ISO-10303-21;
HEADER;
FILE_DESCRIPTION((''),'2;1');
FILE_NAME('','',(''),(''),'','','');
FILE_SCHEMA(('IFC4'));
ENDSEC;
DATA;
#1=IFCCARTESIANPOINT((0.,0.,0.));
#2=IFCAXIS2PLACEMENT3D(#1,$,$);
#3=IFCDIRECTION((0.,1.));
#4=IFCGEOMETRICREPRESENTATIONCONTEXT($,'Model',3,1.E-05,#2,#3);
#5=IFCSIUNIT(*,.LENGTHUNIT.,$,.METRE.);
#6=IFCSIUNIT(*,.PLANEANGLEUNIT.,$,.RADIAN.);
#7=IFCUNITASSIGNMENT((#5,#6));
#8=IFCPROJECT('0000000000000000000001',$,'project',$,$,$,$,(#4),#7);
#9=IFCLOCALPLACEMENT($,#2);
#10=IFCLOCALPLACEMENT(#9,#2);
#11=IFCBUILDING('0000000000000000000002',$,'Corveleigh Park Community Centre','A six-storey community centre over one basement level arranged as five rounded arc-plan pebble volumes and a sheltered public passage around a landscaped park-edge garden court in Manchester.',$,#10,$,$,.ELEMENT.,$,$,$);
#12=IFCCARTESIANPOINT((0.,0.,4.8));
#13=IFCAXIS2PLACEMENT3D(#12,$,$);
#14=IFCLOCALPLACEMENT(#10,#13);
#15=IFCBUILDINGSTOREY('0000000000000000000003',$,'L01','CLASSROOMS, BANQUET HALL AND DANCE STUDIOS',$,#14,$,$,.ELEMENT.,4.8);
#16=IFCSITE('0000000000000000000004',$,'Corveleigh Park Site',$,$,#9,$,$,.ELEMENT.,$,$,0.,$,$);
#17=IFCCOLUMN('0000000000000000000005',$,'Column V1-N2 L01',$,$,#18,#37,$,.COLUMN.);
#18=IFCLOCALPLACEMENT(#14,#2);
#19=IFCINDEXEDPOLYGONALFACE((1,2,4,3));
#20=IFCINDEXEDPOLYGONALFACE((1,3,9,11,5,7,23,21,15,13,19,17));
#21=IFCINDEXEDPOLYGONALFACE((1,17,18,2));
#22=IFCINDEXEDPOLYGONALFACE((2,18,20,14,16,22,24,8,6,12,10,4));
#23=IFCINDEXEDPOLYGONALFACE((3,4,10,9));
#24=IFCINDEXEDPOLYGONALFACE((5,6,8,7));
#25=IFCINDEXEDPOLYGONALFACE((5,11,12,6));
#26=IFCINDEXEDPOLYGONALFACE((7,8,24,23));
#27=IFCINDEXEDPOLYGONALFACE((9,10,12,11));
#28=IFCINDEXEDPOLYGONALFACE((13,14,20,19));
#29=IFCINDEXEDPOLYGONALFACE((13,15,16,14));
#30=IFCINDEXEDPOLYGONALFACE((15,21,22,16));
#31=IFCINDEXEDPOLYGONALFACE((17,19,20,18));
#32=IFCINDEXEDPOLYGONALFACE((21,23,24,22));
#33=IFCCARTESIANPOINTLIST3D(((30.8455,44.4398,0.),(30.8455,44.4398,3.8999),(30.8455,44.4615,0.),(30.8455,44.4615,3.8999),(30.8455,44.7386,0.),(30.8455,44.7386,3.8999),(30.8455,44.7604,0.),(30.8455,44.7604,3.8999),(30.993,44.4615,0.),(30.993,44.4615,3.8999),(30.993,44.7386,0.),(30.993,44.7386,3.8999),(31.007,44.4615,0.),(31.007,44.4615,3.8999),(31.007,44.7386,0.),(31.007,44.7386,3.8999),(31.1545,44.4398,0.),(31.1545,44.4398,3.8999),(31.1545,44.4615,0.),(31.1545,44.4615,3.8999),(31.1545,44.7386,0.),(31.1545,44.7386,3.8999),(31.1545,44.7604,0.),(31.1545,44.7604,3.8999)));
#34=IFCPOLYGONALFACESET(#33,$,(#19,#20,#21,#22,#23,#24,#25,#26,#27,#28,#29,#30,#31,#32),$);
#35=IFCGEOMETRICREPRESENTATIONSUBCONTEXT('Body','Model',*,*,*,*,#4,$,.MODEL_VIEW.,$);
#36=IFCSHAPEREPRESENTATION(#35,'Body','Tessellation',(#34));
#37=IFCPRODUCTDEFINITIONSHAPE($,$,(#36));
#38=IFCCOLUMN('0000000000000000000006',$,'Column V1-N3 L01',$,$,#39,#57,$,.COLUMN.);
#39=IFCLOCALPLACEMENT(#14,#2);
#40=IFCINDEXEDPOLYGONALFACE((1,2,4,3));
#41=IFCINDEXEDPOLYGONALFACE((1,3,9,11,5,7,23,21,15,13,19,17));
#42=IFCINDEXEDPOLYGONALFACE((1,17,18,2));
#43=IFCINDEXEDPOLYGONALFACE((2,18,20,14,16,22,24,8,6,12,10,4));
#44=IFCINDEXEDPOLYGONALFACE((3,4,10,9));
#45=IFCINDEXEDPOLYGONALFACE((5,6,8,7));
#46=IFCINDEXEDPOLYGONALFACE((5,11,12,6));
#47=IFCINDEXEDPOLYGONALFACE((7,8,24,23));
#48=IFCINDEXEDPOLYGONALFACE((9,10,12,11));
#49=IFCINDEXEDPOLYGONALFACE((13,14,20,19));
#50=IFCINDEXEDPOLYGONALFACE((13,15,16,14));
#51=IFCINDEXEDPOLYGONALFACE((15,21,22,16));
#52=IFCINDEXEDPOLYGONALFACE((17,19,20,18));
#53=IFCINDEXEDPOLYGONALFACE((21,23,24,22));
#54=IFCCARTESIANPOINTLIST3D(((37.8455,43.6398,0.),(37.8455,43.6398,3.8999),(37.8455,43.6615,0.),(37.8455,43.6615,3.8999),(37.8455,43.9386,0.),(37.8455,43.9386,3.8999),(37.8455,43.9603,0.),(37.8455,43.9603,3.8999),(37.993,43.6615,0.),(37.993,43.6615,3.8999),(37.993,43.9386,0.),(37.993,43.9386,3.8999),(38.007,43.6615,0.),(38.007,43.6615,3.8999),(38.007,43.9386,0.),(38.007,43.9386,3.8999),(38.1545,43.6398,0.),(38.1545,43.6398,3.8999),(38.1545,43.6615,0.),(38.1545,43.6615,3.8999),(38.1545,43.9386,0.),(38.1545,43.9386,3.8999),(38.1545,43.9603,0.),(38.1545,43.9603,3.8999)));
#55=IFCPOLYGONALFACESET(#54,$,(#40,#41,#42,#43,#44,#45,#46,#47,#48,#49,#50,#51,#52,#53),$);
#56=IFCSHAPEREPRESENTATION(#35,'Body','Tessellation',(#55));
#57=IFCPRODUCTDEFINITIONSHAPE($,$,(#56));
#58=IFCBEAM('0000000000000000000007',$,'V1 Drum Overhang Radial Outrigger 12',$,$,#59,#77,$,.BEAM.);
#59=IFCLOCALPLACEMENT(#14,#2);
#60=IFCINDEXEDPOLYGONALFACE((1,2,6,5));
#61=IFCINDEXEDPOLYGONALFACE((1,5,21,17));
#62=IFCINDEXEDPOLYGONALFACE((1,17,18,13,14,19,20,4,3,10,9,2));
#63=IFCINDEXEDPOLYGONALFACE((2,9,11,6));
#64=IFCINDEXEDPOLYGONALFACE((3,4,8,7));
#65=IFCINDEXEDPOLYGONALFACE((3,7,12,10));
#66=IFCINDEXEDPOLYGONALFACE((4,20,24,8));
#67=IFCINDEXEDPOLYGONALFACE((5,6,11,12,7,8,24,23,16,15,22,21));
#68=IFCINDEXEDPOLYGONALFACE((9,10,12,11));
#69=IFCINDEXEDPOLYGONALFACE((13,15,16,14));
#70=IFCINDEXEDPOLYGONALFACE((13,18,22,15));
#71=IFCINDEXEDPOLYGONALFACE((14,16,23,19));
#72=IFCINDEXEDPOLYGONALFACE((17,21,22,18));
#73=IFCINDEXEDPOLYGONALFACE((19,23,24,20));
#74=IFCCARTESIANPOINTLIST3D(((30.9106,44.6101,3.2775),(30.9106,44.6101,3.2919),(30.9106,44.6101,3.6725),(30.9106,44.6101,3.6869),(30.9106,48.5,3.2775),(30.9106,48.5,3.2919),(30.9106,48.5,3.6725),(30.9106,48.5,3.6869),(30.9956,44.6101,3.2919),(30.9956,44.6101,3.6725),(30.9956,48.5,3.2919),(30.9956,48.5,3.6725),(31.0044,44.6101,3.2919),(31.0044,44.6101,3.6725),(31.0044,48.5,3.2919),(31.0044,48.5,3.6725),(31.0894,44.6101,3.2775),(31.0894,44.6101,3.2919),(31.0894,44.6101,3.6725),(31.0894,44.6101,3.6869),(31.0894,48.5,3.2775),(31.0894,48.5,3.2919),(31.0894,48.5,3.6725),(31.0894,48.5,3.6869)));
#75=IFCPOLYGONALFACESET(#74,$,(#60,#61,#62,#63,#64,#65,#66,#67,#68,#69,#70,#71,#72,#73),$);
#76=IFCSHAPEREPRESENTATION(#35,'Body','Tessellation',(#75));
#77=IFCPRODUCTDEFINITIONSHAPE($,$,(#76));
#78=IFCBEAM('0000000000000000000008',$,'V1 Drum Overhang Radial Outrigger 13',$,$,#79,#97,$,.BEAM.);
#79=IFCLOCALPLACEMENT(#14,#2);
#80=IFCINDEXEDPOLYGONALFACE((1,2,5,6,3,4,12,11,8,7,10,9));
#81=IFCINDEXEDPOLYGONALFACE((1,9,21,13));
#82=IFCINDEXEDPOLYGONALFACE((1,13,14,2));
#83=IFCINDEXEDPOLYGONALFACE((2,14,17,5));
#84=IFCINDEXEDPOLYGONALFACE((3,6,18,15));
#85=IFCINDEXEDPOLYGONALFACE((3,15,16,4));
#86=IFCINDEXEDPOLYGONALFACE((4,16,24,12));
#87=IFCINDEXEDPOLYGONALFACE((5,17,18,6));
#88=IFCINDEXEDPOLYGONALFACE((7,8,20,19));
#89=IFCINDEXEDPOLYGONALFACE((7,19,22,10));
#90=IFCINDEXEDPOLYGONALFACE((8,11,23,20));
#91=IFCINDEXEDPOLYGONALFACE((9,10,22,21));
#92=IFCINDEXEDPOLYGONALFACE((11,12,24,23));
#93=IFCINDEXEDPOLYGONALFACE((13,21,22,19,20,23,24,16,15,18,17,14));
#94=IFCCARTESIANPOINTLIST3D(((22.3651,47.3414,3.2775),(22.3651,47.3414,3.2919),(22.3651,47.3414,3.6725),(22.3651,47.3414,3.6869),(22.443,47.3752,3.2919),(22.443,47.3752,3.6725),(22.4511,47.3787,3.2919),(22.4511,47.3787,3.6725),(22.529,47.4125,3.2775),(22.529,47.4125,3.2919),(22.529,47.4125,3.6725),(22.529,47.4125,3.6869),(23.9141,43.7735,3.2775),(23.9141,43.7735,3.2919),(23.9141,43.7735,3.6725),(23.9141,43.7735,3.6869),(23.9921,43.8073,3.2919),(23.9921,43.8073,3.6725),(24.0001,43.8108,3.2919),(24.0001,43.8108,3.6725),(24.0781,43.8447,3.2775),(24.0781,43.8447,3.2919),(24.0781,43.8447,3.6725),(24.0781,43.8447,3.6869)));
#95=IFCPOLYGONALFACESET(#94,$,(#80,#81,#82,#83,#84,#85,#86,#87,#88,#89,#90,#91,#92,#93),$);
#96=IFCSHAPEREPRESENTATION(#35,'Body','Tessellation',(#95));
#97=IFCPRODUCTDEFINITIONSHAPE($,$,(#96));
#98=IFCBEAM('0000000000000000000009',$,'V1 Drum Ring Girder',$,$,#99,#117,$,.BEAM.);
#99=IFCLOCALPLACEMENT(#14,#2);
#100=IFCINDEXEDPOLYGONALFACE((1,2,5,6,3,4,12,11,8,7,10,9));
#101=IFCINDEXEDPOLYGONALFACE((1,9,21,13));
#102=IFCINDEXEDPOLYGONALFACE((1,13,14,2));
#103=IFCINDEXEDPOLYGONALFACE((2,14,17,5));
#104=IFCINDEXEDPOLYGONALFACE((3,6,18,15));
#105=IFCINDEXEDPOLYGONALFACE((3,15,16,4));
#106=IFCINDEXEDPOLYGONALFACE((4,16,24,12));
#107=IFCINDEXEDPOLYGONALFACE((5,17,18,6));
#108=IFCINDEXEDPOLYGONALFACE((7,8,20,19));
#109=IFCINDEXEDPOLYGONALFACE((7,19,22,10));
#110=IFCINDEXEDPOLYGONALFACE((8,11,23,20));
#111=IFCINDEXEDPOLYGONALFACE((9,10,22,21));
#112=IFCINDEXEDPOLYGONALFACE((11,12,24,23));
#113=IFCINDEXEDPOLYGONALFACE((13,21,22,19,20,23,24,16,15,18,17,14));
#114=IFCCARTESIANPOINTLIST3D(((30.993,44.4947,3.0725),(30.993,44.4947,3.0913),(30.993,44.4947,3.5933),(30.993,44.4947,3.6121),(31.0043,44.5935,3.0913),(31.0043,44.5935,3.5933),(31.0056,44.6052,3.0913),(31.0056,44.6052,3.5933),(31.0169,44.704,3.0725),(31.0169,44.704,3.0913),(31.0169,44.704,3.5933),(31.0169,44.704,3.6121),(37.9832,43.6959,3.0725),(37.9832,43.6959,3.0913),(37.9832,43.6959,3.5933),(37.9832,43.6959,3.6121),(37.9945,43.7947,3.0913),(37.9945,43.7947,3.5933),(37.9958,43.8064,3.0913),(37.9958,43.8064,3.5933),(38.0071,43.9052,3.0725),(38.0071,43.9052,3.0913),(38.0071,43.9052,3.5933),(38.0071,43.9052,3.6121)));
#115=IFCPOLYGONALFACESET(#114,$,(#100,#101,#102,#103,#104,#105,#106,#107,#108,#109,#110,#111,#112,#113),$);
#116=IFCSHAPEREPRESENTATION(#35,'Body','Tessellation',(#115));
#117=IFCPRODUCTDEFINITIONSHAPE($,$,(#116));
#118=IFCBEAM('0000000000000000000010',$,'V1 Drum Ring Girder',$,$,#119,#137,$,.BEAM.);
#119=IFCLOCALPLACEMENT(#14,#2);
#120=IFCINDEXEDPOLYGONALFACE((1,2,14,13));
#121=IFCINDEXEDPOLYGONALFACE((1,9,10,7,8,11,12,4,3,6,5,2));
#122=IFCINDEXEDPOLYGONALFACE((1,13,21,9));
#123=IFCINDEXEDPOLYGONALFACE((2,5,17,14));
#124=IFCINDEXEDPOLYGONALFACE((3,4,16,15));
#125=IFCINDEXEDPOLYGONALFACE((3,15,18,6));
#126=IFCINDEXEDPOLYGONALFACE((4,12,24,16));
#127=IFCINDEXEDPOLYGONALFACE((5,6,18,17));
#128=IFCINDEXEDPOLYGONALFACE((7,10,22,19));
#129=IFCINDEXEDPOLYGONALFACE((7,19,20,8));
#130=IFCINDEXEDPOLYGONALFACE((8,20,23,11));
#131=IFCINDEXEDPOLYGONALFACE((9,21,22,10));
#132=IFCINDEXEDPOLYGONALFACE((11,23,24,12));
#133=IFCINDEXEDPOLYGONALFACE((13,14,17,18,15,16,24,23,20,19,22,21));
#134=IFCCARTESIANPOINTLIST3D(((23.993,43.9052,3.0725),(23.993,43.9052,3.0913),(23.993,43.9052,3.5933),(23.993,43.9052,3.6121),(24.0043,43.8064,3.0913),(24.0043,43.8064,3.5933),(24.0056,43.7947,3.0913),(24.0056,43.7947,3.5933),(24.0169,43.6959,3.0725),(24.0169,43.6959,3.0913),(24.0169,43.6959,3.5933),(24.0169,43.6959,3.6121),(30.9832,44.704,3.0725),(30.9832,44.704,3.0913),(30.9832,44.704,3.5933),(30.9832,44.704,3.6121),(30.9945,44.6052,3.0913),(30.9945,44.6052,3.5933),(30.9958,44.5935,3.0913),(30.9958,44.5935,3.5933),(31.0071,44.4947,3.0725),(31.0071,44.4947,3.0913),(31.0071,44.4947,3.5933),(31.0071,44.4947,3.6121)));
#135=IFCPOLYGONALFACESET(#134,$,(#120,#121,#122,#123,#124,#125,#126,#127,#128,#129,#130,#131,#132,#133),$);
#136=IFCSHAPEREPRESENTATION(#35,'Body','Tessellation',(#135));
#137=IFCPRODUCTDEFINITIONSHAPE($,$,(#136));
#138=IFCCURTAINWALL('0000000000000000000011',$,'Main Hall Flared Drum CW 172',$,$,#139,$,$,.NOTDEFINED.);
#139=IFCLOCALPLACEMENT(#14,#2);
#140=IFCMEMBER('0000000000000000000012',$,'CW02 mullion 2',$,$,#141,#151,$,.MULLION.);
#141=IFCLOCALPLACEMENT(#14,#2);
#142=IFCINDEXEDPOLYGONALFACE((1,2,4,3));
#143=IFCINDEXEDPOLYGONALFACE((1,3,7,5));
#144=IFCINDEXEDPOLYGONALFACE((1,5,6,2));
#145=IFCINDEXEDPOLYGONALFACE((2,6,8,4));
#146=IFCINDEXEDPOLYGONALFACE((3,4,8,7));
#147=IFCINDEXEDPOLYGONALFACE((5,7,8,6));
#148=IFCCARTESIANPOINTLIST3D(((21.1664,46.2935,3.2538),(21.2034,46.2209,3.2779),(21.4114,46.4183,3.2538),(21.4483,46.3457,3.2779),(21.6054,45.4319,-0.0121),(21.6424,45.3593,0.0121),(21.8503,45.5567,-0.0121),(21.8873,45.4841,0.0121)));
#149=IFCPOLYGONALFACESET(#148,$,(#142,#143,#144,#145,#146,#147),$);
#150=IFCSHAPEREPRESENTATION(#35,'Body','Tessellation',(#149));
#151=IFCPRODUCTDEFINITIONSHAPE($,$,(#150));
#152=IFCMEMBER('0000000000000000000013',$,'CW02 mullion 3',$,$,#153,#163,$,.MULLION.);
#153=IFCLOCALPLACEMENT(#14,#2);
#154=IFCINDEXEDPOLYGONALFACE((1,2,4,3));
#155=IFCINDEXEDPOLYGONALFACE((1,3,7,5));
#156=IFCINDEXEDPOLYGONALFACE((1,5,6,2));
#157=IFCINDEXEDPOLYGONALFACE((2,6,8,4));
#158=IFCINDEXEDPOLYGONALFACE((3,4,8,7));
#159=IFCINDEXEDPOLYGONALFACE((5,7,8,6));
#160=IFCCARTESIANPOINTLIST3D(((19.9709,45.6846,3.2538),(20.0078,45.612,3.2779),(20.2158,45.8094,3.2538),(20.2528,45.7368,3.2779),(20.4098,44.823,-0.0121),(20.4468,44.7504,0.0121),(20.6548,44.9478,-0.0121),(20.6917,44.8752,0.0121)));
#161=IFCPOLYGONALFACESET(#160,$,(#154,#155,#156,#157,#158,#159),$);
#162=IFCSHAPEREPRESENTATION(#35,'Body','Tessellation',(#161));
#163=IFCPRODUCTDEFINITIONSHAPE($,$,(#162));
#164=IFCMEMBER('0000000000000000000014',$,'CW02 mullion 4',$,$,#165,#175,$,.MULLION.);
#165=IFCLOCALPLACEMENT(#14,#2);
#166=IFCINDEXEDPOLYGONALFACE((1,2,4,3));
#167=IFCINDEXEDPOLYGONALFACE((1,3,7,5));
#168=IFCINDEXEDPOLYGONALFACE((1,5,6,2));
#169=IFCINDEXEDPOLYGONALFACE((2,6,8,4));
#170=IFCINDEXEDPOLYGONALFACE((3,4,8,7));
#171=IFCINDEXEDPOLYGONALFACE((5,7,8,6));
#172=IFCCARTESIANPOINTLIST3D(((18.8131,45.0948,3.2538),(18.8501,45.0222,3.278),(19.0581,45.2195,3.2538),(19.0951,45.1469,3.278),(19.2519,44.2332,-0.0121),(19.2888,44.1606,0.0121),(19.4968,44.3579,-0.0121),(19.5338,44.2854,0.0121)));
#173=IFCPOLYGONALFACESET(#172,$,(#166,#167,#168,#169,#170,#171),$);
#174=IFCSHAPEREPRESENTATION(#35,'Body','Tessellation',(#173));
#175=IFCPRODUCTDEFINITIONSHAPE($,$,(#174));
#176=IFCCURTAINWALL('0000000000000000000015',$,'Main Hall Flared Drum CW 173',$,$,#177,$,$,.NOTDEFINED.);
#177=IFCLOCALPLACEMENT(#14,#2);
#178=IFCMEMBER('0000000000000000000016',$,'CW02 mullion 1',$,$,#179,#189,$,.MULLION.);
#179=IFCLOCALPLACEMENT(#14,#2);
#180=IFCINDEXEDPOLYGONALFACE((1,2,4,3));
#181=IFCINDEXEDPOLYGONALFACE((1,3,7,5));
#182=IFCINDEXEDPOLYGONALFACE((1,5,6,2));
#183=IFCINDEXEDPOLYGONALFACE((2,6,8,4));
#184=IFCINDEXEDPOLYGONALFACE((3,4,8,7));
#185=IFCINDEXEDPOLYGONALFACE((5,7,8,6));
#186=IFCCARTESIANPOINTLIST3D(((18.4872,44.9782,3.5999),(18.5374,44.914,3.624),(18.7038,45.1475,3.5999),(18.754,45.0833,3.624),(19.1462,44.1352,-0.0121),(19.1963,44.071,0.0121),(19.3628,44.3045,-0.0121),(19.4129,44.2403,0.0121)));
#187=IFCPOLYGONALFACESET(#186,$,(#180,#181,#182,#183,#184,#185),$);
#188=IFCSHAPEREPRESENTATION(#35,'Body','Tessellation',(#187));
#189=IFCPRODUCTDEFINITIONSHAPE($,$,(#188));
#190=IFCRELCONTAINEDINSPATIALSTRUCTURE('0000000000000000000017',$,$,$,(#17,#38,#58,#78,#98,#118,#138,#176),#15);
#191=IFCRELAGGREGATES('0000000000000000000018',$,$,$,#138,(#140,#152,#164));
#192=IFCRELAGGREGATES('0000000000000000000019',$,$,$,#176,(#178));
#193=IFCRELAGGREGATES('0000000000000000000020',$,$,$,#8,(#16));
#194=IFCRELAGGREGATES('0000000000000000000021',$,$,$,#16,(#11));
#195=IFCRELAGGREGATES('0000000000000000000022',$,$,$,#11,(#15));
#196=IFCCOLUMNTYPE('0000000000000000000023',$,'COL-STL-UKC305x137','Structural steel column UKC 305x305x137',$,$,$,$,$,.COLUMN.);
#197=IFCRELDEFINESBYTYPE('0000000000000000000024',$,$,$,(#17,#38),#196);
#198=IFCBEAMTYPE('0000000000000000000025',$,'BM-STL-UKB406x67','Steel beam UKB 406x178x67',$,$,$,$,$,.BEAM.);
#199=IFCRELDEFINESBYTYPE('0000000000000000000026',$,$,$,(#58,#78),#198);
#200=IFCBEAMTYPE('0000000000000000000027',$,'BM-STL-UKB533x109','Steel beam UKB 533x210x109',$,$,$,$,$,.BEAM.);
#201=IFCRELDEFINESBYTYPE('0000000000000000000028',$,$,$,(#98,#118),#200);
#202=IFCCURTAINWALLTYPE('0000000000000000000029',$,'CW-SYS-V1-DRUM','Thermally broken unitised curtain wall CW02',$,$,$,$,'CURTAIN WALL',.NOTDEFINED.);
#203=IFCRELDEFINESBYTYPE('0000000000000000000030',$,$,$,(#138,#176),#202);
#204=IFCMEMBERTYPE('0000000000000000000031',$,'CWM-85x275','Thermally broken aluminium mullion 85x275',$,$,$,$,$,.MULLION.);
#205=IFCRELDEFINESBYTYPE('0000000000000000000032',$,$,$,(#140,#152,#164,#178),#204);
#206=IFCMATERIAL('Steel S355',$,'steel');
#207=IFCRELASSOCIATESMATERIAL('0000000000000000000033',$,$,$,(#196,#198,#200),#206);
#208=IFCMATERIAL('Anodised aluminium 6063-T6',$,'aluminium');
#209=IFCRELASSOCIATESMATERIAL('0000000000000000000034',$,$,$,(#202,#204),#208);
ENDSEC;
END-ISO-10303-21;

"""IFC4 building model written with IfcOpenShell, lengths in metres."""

from ifc_helpers import new_model, si_unit, direction, frame, origin, origin_2d, place, context, subcontext, project, spatial, rectangle, i_section, extrude, material, material_profile, profile_set, type_object, element, aggregate, save


model = new_model("IFC4")

# Units and contexts
model_context = context("Model", 3, precision=1e-05, world=origin(), true_north=direction((0.0, 1.0)))
body_context = subcontext(model_context, "Body", "Model", "MODEL_VIEW")
ifc_project = project(units=[si_unit("LENGTHUNIT", "METRE"), si_unit("PLANEANGLEUNIT", "RADIAN")], contexts=[model_context])

# Site, building, storey
site_placement = place(None, origin())
site = spatial("IfcSite", under=ifc_project, at=site_placement, Name="Corveleigh Park Site", CompositionType="ELEMENT", RefElevation=0.0)
building_placement = place(site_placement, origin())
building = spatial("IfcBuilding", under=site, at=building_placement, Name="Corveleigh Park Community Centre", Description="A six-storey community centre over one basement level arranged as five rounded arc-plan pebble volumes and a sheltered public passage around a landscaped park-edge garden court in Manchester.", CompositionType="ELEMENT")
storey_placement = place(building_placement, frame((0.0, 0.0, 4.8)))
storey = spatial("IfcBuildingStorey", under=building, at=storey_placement, Name="L01", Description="CLASSROOMS, BANQUET HALL AND DANCE STUDIOS", CompositionType="ELEMENT", Elevation=4.8)

# Columns
ifc_material_1 = material(Name="Steel S355", Category="steel")
ifc_material_profile_1 = material_profile(ifc_material_1, i_section(OverallWidth=0.3091, OverallDepth=0.3206, WebThickness=0.0139, FlangeThickness=0.0217, at=origin_2d()), Name="UKC 305x305x137", Category="steel")
ifc_profile_set_1 = profile_set([ifc_material_profile_1], Name="Steel S355")
column_type = type_object("IfcColumnType", Name="COL-STL-UKC305x137", Description="Structural steel column UKC 305x305x137", PredefinedType="COLUMN", material=ifc_profile_set_1)
for number, where, z_axis, x_axis, name in (
    (1, (31.0, 44.6001, 0.0), (0.0, 0.0, 1.0), (1.0, 0.0, 0.0), "Column V1-N2 L01"),
    (2, (38.0, 43.8, 0.0), (0.0, 0.0, 1.0), (1.0, 0.0, 0.0), "Column V1-N3 L01"),
):
    element("IfcColumn", number, at=place(storey_placement, frame(where, z_axis=z_axis, x_axis=x_axis)), inside=storey, type_object=column_type, Name=name, PredefinedType="COLUMN", context=body_context, shape_type="SweptSolid", body=[
        extrude(i_section(OverallWidth=0.3091, OverallDepth=0.3206, WebThickness=0.0139, FlangeThickness=0.0217, at=origin_2d()), origin(), (0.0, 0.0, 1.0), 3.8999),
    ])

# Beams
ifc_material_profile_2 = material_profile(ifc_material_1, i_section(OverallWidth=0.1787, OverallDepth=0.4094, WebThickness=0.0088, FlangeThickness=0.0144, at=origin_2d()), Name="UKB 406x178x67", Category="steel")
ifc_profile_set_2 = profile_set([ifc_material_profile_2], Name="Steel S355")
beam_type_1 = type_object("IfcBeamType", Name="BM-STL-UKB406x67", Description="Steel beam UKB 406x178x67", PredefinedType="BEAM", material=ifc_profile_set_2)
beam_1_placement = place(storey_placement, frame((31.0, 44.6101, 3.4822), z_axis=(0.0, 1.0, 0.0), x_axis=(-1.0, 0.0, 0.0)))
element("IfcBeam", 3, at=beam_1_placement, inside=storey, type_object=beam_type_1, Name="V1 Drum Overhang Radial Outrigger 12", PredefinedType="BEAM", context=body_context, shape_type="SweptSolid", body=[
    extrude(i_section(OverallWidth=0.1787, OverallDepth=0.4094, WebThickness=0.0088, FlangeThickness=0.0144, at=origin_2d()), origin(), (0.0, 0.0, 1.0), 3.8899),
])
beam_2_placement = place(storey_placement, frame((23.9961, 43.8091, 3.4822), z_axis=(-0.398256, 0.917275, 0.0), x_axis=(-0.917275, -0.398256, 0.0)))
element("IfcBeam", 4, at=beam_2_placement, inside=storey, type_object=beam_type_1, Name="V1 Drum Overhang Radial Outrigger 13", PredefinedType="BEAM", context=body_context, shape_type="SweptSolid", body=[
    extrude(i_section(OverallWidth=0.1787, OverallDepth=0.4094, WebThickness=0.0088, FlangeThickness=0.0144, at=origin_2d()), origin(), (0.0, 0.0, 1.0), 3.8896),
])
ifc_material_profile_3 = material_profile(ifc_material_1, i_section(OverallWidth=0.2107, OverallDepth=0.5396, WebThickness=0.0117, FlangeThickness=0.0188, at=origin_2d()), Name="UKB 533x210x109", Category="steel")
ifc_profile_set_3 = profile_set([ifc_material_profile_3], Name="Steel S355")
beam_type_2 = type_object("IfcBeamType", Name="BM-STL-UKB533x109", Description="Steel beam UKB 533x210x109", PredefinedType="BEAM", material=ifc_profile_set_3)
for number, where, z_axis, x_axis, name in (
    (5, (37.9951, 43.8005, 3.3423), (-0.993534, 0.113539, 0.0), (-0.113539, -0.993534, 0.0), "V1 Drum Ring Girder"),
    (6, (30.9951, 44.5994, 3.3423), (-0.993534, -0.113539, 0.0), (0.113539, -0.993534, 0.0), "V1 Drum Ring Girder"),
):
    element("IfcBeam", number, at=place(storey_placement, frame(where, z_axis=z_axis, x_axis=x_axis)), inside=storey, type_object=beam_type_2, Name=name, PredefinedType="BEAM", context=body_context, shape_type="SweptSolid", body=[
        extrude(i_section(OverallWidth=0.2107, OverallDepth=0.5396, WebThickness=0.0117, FlangeThickness=0.0188, at=origin_2d()), origin(), (0.0, 0.0, 1.0), 7.0356),
    ])

# Curtain wall, members
ifc_material_2 = material(Name="Anodised aluminium 6063-T6", Category="aluminium")
curtain_wall_type = type_object("IfcCurtainWallType", Name="CW-SYS-V1-DRUM", Description="Thermally broken unitised curtain wall CW02", ElementType="CURTAIN WALL", PredefinedType="NOTDEFINED", material=ifc_material_2)
curtain_wall_1_placement = place(storey_placement, origin())
curtain_wall_1 = element("IfcCurtainWall", 7, at=curtain_wall_1_placement, inside=storey, type_object=curtain_wall_type, Name="Main Hall Flared Drum CW 172", PredefinedType="NOTDEFINED")
ifc_material_profile_4 = material_profile(ifc_material_2, rectangle(XDim=0.085, YDim=0.2749, at=origin_2d()), Name="ALU-M85x275", Category="aluminium")
ifc_profile_set_4 = profile_set([ifc_material_profile_4], Name="Anodised aluminium 6063-T6")
member_type_1 = type_object("IfcMemberType", Name="CWM-85x275", Description="Thermally broken aluminium mullion 85x275", PredefinedType="MULLION", material=ifc_profile_set_4)
member_1_placement = place(storey_placement, frame((21.7463, 45.458, 0.0), z_axis=(-0.12888, 0.252957, 0.958855), x_axis=(0.435289, -0.854357, 0.283896)))
member_1 = element("IfcMember", 8, at=member_1_placement, type_object=member_type_1, Name="CW02 mullion 2", PredefinedType="MULLION", context=body_context, shape_type="SweptSolid", body=[
    extrude(rectangle(XDim=0.085, YDim=0.2749, at=origin_2d()), origin(), (0.0, 0.0, 1.0), 3.406),
])
member_2_placement = place(storey_placement, frame((20.5508, 44.8491, 0.0), z_axis=(-0.12888, 0.252957, 0.958855), x_axis=(0.435289, -0.854357, 0.283896)))
member_2 = element("IfcMember", 9, at=member_2_placement, type_object=member_type_1, Name="CW02 mullion 3", PredefinedType="MULLION", context=body_context, shape_type="SweptSolid", body=[
    extrude(rectangle(XDim=0.085, YDim=0.2749, at=origin_2d()), origin(), (0.0, 0.0, 1.0), 3.406),
])
member_3_placement = place(storey_placement, frame((19.3928, 44.2593, 0.0), z_axis=(-0.128809, 0.252959, 0.958864), x_axis=(0.435101, -0.854463, 0.283866)))
member_3 = element("IfcMember", 10, at=member_3_placement, type_object=member_type_1, Name="CW02 mullion 4", PredefinedType="MULLION", context=body_context, shape_type="SweptSolid", body=[
    extrude(rectangle(XDim=0.085, YDim=0.2749, at=origin_2d()), origin(), (0.0, 0.0, 1.0), 3.406),
])

# Curtain wall, member
curtain_wall_2_placement = place(storey_placement, origin())
curtain_wall_2 = element("IfcCurtainWall", 11, at=curtain_wall_2_placement, inside=storey, type_object=curtain_wall_type, Name="Main Hall Flared Drum CW 173", PredefinedType="NOTDEFINED")
member_4_placement = place(storey_placement, frame((19.2795, 44.1877, 0.0), z_axis=(-0.174914, 0.223778, 0.958816), x_axis=(0.590472, -0.755428, 0.284027)))
member_4 = element("IfcMember", 12, at=member_4_placement, type_object=member_type_1, Name="CW02 mullion 1", PredefinedType="MULLION", context=body_context, shape_type="SweptSolid", body=[
    extrude(rectangle(XDim=0.085, YDim=0.2749, at=origin_2d()), origin(), (0.0, 0.0, 1.0), 3.7671),
])

aggregate(curtain_wall_1, [member_1, member_2, member_3])
aggregate(curtain_wall_2, [member_4])

save(model, "model.ifc")
